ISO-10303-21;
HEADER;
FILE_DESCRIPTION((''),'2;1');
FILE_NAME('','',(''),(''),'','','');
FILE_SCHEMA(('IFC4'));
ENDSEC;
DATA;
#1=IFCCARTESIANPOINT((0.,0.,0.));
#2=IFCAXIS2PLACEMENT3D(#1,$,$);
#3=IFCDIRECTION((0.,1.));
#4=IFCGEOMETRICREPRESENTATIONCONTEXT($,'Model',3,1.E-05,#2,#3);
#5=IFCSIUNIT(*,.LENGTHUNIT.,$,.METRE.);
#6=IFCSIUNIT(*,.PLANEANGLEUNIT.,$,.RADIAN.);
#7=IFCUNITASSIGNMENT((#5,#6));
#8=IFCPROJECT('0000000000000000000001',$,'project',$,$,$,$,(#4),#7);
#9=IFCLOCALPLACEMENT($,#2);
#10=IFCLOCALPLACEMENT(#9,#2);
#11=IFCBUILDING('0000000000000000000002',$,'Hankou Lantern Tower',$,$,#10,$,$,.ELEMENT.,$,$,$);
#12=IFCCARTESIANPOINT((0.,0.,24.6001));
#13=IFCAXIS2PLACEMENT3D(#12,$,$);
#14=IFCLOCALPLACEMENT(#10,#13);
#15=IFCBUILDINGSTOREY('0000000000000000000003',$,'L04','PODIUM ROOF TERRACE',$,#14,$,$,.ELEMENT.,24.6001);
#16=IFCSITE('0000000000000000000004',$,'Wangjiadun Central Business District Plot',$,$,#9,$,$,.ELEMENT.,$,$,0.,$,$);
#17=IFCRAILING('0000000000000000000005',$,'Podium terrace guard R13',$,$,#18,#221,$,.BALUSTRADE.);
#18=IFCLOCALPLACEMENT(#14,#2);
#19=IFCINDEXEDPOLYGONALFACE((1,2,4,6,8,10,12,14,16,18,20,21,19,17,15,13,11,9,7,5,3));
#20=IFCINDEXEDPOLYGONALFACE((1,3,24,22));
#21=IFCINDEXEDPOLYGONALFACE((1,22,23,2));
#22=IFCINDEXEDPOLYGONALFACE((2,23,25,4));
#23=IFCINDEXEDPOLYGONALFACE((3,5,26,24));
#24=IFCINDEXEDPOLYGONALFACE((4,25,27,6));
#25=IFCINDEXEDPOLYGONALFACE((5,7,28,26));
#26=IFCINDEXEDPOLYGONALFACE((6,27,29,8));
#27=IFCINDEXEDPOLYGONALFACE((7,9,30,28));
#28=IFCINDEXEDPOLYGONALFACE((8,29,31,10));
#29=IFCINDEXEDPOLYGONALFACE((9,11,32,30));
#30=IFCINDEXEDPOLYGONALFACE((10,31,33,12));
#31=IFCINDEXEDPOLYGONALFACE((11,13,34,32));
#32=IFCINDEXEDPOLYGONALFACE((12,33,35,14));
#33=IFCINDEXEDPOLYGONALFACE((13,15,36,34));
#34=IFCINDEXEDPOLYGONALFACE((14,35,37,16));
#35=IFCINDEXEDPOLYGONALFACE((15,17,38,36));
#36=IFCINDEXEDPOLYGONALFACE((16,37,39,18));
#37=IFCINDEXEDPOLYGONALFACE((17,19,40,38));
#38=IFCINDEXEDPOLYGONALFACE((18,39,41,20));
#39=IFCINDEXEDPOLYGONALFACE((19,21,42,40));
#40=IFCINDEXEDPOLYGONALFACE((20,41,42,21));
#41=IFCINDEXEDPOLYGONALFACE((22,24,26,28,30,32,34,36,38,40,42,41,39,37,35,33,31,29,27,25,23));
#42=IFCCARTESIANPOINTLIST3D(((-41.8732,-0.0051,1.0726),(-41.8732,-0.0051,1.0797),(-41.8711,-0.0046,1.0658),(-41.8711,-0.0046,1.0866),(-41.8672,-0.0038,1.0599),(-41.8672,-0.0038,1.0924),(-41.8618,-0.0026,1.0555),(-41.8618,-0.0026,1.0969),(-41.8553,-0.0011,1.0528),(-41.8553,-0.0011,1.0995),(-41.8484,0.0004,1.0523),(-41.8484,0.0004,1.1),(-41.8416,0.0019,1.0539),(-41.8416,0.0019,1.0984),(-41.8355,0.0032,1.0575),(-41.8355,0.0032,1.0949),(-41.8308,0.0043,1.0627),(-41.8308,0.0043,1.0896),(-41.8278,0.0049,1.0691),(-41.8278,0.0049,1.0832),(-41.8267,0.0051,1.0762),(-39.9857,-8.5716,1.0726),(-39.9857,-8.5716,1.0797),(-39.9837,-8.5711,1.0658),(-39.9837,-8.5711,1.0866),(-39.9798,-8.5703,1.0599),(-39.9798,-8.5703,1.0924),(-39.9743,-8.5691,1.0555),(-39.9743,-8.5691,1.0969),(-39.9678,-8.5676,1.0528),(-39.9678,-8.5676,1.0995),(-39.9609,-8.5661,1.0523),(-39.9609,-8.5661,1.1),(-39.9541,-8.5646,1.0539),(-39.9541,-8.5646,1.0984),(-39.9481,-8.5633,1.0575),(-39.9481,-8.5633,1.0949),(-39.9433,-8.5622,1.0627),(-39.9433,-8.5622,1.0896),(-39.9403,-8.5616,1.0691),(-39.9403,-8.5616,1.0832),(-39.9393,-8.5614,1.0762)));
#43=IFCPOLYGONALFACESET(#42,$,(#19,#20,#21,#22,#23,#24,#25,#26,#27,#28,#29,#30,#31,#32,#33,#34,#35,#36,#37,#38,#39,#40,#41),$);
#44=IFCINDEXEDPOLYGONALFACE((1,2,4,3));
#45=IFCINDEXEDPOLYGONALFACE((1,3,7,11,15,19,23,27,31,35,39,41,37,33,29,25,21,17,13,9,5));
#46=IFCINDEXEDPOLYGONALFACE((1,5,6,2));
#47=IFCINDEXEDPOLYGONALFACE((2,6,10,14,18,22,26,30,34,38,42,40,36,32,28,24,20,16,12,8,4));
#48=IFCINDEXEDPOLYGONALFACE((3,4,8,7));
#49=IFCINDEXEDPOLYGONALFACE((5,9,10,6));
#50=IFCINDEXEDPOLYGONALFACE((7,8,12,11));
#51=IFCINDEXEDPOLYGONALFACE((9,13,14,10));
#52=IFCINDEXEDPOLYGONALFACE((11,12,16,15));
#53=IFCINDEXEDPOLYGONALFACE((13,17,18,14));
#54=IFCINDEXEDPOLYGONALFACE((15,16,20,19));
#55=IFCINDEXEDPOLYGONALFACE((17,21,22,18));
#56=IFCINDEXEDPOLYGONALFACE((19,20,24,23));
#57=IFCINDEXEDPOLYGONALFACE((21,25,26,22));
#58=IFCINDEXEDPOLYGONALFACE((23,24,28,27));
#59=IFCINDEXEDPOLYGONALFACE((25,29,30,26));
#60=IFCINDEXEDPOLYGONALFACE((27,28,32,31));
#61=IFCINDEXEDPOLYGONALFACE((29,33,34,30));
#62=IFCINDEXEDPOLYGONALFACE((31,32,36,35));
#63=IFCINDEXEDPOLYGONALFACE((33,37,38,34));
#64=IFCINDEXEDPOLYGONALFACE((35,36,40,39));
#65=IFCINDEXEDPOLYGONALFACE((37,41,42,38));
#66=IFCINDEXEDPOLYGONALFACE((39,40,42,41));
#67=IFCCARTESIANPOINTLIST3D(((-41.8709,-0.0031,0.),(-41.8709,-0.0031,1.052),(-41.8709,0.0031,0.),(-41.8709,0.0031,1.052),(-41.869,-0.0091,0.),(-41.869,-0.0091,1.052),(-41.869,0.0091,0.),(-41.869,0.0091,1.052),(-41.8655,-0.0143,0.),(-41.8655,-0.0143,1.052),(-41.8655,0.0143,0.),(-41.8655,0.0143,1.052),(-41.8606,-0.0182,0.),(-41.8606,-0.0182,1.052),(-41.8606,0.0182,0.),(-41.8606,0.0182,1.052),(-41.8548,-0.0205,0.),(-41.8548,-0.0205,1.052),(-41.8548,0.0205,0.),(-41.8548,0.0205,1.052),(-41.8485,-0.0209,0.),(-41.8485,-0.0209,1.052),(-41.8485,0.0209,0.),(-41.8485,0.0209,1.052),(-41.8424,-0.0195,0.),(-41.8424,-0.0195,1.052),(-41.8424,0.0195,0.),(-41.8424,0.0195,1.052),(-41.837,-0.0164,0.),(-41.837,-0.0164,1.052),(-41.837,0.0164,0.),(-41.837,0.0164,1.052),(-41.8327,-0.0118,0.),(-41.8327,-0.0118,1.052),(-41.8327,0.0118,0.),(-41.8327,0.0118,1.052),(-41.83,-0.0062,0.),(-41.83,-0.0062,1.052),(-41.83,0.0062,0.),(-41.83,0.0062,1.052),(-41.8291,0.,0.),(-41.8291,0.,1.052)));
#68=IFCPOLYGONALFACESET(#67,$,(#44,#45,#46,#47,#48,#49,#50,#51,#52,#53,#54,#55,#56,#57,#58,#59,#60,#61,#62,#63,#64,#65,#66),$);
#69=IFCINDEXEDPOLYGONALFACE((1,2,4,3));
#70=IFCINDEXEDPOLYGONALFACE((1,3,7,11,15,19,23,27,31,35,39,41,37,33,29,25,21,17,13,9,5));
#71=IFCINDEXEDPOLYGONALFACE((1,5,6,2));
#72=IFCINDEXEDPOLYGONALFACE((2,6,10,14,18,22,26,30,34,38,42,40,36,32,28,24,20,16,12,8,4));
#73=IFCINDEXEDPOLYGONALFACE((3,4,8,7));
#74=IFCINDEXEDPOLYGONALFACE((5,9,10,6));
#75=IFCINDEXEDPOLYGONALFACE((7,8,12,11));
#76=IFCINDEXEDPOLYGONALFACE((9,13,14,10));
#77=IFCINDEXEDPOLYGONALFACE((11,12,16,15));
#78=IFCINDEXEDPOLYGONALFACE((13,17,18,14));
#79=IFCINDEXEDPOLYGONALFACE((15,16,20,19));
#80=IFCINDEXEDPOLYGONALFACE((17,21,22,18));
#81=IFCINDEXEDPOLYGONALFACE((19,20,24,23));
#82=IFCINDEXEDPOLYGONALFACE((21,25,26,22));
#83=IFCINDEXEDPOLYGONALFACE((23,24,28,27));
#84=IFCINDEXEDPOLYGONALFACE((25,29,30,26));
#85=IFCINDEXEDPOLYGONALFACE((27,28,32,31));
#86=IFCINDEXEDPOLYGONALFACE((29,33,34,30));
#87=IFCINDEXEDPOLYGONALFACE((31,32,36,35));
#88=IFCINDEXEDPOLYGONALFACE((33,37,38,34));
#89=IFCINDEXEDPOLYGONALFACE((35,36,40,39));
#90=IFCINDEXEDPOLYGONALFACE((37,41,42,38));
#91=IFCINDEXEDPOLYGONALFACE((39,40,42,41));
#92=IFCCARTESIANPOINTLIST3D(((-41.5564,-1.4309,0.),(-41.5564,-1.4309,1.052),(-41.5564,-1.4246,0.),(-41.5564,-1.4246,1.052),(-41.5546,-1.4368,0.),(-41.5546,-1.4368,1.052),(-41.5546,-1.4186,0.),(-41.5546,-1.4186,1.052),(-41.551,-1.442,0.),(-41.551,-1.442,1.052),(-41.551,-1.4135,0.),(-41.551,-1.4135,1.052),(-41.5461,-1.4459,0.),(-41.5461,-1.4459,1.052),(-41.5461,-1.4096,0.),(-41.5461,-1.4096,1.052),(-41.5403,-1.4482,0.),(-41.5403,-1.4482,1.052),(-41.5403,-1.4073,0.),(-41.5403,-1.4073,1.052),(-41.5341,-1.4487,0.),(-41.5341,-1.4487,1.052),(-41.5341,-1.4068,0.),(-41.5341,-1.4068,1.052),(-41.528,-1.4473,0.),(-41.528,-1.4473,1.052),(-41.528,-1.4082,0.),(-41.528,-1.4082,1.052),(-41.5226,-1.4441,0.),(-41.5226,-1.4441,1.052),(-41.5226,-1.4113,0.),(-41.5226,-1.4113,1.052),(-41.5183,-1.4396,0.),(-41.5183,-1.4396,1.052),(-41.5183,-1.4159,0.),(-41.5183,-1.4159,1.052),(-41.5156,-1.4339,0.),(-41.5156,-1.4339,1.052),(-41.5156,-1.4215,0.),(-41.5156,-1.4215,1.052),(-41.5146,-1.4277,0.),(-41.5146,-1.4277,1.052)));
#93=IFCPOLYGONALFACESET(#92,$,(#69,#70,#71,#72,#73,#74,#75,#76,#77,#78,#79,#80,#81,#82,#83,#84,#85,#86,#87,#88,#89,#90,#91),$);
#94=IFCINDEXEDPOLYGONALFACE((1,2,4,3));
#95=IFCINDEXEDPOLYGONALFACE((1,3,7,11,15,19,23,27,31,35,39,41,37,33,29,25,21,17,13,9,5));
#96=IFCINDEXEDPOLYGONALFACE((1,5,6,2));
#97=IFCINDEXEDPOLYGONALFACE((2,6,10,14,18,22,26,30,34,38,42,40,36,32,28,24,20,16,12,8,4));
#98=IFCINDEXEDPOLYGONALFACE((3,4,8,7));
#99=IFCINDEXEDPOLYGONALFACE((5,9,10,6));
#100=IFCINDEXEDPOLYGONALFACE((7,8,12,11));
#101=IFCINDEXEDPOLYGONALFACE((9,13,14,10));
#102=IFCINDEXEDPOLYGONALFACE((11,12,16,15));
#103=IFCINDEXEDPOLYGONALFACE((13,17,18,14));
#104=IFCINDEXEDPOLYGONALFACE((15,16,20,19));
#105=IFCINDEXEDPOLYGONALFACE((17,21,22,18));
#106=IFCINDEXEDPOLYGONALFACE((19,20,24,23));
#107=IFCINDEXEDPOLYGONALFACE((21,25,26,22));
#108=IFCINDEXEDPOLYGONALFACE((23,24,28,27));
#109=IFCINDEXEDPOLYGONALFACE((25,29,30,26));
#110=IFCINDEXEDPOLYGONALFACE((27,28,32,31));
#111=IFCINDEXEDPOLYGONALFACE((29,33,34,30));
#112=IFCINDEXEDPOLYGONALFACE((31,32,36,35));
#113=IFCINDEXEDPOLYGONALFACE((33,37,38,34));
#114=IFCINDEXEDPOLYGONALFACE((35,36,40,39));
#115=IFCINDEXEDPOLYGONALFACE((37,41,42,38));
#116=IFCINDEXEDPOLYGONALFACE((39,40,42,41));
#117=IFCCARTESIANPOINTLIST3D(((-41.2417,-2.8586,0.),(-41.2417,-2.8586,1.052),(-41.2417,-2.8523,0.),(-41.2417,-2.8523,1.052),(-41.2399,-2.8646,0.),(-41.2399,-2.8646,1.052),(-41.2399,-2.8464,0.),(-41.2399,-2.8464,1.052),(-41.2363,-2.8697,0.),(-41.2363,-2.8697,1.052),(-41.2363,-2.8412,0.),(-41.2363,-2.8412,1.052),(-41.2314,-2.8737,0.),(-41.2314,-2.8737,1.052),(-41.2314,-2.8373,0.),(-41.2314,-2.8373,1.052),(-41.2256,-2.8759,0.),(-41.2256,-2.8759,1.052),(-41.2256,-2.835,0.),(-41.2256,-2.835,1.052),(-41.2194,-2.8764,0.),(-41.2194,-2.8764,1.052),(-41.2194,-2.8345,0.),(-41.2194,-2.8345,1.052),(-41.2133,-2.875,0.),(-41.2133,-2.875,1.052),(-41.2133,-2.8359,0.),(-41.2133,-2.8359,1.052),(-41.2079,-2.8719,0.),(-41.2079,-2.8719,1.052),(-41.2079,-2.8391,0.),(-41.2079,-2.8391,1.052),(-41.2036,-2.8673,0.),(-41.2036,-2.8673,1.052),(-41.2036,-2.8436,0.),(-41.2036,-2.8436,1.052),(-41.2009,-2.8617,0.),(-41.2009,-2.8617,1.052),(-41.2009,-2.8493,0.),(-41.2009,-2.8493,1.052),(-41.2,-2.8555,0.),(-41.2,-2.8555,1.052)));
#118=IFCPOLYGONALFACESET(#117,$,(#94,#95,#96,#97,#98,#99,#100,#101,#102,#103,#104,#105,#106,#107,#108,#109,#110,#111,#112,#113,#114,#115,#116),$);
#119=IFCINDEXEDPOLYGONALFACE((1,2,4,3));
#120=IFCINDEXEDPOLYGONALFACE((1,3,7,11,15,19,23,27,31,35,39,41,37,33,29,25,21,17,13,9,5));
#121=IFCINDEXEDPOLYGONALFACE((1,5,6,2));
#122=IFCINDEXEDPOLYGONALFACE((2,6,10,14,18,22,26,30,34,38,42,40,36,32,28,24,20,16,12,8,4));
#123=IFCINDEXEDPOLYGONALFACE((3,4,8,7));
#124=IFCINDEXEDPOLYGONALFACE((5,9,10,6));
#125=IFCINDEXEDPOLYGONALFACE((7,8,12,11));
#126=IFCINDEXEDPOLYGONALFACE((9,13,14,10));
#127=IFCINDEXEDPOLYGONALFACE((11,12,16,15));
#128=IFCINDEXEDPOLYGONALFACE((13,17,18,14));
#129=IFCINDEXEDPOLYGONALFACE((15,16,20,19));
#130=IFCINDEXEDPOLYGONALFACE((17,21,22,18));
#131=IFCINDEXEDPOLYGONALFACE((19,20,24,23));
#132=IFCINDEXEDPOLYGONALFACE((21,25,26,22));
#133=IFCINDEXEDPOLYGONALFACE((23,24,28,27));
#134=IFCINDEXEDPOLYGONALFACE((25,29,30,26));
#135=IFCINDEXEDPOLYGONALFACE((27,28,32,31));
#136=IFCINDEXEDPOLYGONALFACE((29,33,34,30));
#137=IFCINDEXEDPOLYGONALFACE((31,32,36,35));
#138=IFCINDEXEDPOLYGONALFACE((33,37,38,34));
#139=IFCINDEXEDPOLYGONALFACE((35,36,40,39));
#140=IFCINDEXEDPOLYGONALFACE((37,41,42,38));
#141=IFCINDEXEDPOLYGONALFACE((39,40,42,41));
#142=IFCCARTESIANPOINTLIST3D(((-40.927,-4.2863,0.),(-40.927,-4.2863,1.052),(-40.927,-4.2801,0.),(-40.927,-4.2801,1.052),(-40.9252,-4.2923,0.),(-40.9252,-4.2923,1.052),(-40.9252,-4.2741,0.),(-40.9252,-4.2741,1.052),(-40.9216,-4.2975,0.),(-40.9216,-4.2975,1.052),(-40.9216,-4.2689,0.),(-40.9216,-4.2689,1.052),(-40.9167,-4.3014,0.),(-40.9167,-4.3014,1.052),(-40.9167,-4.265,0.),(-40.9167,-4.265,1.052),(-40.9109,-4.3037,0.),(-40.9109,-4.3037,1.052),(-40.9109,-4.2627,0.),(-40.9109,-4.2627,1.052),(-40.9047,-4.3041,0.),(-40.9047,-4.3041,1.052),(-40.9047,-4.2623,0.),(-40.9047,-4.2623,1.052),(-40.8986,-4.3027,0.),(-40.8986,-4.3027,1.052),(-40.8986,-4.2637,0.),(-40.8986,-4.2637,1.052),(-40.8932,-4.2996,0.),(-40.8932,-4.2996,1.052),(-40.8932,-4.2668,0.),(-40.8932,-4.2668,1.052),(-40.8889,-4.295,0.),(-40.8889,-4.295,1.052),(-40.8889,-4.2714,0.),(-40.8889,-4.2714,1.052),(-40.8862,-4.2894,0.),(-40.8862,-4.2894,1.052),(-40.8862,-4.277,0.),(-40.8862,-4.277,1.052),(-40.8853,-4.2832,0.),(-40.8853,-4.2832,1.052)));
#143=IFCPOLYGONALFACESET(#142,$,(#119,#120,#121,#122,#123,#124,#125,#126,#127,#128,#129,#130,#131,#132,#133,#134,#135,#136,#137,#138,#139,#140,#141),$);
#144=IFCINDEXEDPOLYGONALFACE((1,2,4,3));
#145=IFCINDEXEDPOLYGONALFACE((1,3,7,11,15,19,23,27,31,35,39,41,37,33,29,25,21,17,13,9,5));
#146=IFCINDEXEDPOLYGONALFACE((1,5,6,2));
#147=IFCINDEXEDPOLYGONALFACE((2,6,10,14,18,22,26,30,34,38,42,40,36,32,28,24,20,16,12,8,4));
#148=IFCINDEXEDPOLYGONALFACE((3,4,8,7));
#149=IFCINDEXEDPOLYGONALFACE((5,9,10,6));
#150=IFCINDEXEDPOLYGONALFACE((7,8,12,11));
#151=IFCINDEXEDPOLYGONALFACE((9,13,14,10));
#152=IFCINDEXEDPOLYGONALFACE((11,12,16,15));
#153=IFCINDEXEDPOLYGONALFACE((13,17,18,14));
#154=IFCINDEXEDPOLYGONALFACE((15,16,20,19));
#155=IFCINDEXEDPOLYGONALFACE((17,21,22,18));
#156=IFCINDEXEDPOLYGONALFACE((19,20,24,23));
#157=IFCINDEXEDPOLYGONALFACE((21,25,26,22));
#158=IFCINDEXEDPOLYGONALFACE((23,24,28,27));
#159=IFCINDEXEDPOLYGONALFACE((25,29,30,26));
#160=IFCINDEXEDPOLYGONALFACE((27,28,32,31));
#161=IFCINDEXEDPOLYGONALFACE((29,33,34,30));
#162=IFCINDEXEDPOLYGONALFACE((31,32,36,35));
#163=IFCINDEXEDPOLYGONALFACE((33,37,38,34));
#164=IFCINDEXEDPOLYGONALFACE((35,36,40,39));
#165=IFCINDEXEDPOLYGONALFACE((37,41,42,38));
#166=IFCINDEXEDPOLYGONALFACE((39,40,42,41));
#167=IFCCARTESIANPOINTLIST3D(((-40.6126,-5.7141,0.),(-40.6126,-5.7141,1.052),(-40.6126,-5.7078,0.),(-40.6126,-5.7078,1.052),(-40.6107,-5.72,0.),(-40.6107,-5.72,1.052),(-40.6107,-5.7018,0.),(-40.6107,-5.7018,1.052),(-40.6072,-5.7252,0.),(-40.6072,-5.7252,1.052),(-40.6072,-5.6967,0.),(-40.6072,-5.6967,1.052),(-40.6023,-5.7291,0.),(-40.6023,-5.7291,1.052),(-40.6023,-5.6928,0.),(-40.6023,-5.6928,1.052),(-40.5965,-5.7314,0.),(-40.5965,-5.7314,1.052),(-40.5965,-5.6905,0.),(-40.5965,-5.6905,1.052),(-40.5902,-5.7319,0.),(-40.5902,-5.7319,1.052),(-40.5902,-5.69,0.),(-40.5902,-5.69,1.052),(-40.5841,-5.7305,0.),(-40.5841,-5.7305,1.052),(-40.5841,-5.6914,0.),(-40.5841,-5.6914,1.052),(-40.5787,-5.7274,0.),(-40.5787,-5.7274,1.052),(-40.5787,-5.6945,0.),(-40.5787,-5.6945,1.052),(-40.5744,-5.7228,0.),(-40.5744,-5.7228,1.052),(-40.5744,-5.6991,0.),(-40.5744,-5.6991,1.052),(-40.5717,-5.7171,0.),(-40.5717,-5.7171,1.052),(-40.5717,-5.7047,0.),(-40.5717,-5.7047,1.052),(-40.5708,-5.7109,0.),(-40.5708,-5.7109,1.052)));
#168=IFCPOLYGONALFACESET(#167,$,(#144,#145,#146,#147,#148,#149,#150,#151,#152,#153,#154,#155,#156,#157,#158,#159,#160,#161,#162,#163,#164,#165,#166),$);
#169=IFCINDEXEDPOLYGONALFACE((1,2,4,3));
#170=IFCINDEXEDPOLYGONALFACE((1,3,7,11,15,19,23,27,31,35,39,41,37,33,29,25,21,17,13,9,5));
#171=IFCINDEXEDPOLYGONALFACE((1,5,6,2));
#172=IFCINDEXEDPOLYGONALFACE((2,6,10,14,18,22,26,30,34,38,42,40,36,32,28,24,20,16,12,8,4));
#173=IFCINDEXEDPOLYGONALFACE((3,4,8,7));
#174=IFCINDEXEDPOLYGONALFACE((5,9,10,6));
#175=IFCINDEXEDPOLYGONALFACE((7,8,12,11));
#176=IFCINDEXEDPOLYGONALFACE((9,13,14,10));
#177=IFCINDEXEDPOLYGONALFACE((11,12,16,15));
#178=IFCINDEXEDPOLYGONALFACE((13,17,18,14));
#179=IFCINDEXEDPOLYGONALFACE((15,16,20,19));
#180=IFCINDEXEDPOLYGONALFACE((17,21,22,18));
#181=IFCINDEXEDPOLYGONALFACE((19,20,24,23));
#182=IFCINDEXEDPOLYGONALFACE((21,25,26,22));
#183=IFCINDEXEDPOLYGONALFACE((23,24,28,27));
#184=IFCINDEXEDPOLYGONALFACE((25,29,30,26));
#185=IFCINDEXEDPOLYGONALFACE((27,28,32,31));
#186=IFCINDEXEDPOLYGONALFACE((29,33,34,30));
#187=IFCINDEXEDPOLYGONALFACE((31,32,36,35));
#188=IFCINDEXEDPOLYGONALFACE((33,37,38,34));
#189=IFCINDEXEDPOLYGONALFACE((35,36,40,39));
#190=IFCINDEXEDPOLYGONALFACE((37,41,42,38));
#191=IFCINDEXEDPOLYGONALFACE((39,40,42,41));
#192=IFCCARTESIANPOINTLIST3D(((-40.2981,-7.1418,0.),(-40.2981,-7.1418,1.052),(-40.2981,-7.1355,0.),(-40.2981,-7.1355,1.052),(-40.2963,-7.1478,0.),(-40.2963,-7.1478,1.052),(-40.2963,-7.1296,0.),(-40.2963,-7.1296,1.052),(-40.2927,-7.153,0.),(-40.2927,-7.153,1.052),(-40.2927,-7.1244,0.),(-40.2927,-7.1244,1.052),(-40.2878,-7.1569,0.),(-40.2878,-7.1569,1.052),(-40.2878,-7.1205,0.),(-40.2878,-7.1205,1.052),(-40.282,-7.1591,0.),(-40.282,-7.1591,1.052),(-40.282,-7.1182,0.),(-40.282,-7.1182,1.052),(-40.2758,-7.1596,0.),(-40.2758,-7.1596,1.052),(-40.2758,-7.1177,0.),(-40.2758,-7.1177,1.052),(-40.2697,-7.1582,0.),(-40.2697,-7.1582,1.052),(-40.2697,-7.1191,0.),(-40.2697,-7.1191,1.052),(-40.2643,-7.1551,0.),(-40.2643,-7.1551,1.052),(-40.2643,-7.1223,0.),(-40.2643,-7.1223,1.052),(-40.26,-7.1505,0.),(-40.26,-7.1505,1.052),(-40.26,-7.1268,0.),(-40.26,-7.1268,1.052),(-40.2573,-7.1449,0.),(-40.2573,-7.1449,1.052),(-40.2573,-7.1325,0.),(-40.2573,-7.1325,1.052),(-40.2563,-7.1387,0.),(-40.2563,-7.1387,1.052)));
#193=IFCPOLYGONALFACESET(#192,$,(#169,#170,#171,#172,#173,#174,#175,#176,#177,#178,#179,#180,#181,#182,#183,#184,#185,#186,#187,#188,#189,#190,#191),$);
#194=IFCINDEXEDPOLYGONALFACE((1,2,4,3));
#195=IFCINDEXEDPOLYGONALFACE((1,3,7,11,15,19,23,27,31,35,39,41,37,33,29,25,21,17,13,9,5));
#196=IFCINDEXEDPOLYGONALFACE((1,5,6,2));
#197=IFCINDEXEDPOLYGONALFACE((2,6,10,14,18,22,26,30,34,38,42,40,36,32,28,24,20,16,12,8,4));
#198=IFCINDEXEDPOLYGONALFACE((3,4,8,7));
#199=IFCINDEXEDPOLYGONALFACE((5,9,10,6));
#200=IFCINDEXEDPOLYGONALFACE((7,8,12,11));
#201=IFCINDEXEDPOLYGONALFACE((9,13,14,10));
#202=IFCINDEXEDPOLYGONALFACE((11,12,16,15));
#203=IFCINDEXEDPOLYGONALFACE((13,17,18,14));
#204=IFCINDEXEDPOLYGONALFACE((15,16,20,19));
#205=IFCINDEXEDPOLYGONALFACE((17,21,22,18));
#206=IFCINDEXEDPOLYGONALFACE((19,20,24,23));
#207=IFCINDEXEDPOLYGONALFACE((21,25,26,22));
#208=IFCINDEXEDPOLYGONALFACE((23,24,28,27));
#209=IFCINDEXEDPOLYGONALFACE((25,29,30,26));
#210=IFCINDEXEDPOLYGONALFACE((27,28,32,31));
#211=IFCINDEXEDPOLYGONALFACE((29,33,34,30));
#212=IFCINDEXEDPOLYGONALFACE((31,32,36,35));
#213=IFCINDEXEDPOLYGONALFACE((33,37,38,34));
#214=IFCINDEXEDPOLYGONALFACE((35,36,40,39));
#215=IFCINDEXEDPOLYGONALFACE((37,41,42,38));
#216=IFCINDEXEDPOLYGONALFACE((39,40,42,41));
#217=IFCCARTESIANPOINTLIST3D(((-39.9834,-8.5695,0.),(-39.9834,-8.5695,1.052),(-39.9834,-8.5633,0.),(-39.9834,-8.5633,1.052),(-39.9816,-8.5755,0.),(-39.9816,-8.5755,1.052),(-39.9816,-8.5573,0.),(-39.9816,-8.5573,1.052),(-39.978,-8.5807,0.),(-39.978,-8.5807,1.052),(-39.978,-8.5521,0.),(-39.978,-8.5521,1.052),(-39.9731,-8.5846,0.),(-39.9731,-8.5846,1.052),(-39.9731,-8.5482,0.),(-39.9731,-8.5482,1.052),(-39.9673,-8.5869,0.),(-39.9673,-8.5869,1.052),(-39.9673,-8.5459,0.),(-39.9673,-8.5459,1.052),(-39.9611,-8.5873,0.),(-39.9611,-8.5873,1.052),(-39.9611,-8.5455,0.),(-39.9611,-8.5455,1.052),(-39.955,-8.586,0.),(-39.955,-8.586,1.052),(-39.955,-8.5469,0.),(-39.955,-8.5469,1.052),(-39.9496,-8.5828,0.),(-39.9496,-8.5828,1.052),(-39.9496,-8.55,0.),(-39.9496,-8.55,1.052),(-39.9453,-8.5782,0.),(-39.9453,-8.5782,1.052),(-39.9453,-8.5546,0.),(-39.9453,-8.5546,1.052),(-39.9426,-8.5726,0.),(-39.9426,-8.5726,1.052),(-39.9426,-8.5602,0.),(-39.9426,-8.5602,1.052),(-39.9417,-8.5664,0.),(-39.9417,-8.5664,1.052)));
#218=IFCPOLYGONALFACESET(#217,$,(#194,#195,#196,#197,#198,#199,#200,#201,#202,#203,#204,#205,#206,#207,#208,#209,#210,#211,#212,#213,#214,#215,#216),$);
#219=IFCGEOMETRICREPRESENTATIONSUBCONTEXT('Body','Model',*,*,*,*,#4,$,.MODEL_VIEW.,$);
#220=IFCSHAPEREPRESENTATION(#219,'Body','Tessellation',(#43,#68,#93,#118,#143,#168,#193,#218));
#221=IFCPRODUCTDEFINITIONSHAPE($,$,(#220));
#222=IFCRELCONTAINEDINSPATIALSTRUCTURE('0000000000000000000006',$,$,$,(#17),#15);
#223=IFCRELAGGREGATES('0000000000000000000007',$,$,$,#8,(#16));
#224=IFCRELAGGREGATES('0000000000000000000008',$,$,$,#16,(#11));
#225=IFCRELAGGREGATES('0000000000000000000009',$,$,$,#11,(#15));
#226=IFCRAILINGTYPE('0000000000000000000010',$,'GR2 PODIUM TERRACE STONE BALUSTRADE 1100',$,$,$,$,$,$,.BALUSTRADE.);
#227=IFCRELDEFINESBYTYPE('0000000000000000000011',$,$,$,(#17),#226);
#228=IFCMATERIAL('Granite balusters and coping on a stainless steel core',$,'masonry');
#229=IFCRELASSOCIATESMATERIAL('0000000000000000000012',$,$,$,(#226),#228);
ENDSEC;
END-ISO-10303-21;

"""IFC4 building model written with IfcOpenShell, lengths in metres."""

from ifc_helpers import new_model, si_unit, direction, frame, origin, origin_2d, place, context, subcontext, project, spatial, circle, extrude, material, type_object, element, save


model = new_model("IFC4")

# Units and contexts
model_context = context("Model", 3, precision=1e-05, world=origin(), true_north=direction((0.0, 1.0)))
body_context = subcontext(model_context, "Body", "Model", "MODEL_VIEW")
ifc_project = project(units=[si_unit("LENGTHUNIT", "METRE"), si_unit("PLANEANGLEUNIT", "RADIAN")], contexts=[model_context])

# Site, building, storey
site_placement = place(None, origin())
site = spatial("IfcSite", under=ifc_project, at=site_placement, Name="Wangjiadun Central Business District Plot", CompositionType="ELEMENT", RefElevation=0.0)
building_placement = place(site_placement, origin())
building = spatial("IfcBuilding", under=site, at=building_placement, Name="Hankou Lantern Tower", CompositionType="ELEMENT")
storey_placement = place(building_placement, frame((0.0, 0.0, 24.6001)))
storey = spatial("IfcBuildingStorey", under=building, at=storey_placement, Name="L04", Description="PODIUM ROOF TERRACE", CompositionType="ELEMENT", Elevation=24.6001)

# Railing
ifc_material_1 = material(Name="Granite balusters and coping on a stainless steel core", Category="masonry")
railing_type_1 = type_object("IfcRailingType", Name="GR2 PODIUM TERRACE STONE BALUSTRADE 1100", PredefinedType="BALUSTRADE", material=ifc_material_1)
railing_1_placement = place(storey_placement, frame((-41.8501, 0.0, 0.0)))
element("IfcRailing", 1, at=railing_1_placement, inside=storey, type_object=railing_type_1, Name="Podium terrace guard R13", PredefinedType="BALUSTRADE", context=body_context, shape_type="SweptSolid", body=[
    extrude(circle(Radius=0.0239, at=origin_2d()), frame((0.0, 0.0, 1.0762), z_axis=(0.215171, -0.976576, 0.0), x_axis=(0.976576, 0.215171, 0.0)), (0.0, 0.0, 1.0), 8.772),
    extrude(circle(Radius=0.021, at=origin_2d()), origin(), (0.0, 0.0, 1.0), 1.052),
    extrude(circle(Radius=0.021, at=origin_2d()), frame((0.3145, -1.4277, 0.0)), (0.0, 0.0, 1.0), 1.052),
    extrude(circle(Radius=0.021, at=origin_2d()), frame((0.6292, -2.8555, 0.0)), (0.0, 0.0, 1.0), 1.052),
    extrude(circle(Radius=0.021, at=origin_2d()), frame((0.9438, -4.2832, 0.0)), (0.0, 0.0, 1.0), 1.052),
    extrude(circle(Radius=0.021, at=origin_2d()), frame((1.2583, -5.7109, 0.0)), (0.0, 0.0, 1.0), 1.052),
    extrude(circle(Radius=0.021, at=origin_2d()), frame((1.5728, -7.1387, 0.0)), (0.0, 0.0, 1.0), 1.052),
    extrude(circle(Radius=0.021, at=origin_2d()), frame((1.8875, -8.5664, 0.0)), (0.0, 0.0, 1.0), 1.052),
])

save(model, "model.ifc")
